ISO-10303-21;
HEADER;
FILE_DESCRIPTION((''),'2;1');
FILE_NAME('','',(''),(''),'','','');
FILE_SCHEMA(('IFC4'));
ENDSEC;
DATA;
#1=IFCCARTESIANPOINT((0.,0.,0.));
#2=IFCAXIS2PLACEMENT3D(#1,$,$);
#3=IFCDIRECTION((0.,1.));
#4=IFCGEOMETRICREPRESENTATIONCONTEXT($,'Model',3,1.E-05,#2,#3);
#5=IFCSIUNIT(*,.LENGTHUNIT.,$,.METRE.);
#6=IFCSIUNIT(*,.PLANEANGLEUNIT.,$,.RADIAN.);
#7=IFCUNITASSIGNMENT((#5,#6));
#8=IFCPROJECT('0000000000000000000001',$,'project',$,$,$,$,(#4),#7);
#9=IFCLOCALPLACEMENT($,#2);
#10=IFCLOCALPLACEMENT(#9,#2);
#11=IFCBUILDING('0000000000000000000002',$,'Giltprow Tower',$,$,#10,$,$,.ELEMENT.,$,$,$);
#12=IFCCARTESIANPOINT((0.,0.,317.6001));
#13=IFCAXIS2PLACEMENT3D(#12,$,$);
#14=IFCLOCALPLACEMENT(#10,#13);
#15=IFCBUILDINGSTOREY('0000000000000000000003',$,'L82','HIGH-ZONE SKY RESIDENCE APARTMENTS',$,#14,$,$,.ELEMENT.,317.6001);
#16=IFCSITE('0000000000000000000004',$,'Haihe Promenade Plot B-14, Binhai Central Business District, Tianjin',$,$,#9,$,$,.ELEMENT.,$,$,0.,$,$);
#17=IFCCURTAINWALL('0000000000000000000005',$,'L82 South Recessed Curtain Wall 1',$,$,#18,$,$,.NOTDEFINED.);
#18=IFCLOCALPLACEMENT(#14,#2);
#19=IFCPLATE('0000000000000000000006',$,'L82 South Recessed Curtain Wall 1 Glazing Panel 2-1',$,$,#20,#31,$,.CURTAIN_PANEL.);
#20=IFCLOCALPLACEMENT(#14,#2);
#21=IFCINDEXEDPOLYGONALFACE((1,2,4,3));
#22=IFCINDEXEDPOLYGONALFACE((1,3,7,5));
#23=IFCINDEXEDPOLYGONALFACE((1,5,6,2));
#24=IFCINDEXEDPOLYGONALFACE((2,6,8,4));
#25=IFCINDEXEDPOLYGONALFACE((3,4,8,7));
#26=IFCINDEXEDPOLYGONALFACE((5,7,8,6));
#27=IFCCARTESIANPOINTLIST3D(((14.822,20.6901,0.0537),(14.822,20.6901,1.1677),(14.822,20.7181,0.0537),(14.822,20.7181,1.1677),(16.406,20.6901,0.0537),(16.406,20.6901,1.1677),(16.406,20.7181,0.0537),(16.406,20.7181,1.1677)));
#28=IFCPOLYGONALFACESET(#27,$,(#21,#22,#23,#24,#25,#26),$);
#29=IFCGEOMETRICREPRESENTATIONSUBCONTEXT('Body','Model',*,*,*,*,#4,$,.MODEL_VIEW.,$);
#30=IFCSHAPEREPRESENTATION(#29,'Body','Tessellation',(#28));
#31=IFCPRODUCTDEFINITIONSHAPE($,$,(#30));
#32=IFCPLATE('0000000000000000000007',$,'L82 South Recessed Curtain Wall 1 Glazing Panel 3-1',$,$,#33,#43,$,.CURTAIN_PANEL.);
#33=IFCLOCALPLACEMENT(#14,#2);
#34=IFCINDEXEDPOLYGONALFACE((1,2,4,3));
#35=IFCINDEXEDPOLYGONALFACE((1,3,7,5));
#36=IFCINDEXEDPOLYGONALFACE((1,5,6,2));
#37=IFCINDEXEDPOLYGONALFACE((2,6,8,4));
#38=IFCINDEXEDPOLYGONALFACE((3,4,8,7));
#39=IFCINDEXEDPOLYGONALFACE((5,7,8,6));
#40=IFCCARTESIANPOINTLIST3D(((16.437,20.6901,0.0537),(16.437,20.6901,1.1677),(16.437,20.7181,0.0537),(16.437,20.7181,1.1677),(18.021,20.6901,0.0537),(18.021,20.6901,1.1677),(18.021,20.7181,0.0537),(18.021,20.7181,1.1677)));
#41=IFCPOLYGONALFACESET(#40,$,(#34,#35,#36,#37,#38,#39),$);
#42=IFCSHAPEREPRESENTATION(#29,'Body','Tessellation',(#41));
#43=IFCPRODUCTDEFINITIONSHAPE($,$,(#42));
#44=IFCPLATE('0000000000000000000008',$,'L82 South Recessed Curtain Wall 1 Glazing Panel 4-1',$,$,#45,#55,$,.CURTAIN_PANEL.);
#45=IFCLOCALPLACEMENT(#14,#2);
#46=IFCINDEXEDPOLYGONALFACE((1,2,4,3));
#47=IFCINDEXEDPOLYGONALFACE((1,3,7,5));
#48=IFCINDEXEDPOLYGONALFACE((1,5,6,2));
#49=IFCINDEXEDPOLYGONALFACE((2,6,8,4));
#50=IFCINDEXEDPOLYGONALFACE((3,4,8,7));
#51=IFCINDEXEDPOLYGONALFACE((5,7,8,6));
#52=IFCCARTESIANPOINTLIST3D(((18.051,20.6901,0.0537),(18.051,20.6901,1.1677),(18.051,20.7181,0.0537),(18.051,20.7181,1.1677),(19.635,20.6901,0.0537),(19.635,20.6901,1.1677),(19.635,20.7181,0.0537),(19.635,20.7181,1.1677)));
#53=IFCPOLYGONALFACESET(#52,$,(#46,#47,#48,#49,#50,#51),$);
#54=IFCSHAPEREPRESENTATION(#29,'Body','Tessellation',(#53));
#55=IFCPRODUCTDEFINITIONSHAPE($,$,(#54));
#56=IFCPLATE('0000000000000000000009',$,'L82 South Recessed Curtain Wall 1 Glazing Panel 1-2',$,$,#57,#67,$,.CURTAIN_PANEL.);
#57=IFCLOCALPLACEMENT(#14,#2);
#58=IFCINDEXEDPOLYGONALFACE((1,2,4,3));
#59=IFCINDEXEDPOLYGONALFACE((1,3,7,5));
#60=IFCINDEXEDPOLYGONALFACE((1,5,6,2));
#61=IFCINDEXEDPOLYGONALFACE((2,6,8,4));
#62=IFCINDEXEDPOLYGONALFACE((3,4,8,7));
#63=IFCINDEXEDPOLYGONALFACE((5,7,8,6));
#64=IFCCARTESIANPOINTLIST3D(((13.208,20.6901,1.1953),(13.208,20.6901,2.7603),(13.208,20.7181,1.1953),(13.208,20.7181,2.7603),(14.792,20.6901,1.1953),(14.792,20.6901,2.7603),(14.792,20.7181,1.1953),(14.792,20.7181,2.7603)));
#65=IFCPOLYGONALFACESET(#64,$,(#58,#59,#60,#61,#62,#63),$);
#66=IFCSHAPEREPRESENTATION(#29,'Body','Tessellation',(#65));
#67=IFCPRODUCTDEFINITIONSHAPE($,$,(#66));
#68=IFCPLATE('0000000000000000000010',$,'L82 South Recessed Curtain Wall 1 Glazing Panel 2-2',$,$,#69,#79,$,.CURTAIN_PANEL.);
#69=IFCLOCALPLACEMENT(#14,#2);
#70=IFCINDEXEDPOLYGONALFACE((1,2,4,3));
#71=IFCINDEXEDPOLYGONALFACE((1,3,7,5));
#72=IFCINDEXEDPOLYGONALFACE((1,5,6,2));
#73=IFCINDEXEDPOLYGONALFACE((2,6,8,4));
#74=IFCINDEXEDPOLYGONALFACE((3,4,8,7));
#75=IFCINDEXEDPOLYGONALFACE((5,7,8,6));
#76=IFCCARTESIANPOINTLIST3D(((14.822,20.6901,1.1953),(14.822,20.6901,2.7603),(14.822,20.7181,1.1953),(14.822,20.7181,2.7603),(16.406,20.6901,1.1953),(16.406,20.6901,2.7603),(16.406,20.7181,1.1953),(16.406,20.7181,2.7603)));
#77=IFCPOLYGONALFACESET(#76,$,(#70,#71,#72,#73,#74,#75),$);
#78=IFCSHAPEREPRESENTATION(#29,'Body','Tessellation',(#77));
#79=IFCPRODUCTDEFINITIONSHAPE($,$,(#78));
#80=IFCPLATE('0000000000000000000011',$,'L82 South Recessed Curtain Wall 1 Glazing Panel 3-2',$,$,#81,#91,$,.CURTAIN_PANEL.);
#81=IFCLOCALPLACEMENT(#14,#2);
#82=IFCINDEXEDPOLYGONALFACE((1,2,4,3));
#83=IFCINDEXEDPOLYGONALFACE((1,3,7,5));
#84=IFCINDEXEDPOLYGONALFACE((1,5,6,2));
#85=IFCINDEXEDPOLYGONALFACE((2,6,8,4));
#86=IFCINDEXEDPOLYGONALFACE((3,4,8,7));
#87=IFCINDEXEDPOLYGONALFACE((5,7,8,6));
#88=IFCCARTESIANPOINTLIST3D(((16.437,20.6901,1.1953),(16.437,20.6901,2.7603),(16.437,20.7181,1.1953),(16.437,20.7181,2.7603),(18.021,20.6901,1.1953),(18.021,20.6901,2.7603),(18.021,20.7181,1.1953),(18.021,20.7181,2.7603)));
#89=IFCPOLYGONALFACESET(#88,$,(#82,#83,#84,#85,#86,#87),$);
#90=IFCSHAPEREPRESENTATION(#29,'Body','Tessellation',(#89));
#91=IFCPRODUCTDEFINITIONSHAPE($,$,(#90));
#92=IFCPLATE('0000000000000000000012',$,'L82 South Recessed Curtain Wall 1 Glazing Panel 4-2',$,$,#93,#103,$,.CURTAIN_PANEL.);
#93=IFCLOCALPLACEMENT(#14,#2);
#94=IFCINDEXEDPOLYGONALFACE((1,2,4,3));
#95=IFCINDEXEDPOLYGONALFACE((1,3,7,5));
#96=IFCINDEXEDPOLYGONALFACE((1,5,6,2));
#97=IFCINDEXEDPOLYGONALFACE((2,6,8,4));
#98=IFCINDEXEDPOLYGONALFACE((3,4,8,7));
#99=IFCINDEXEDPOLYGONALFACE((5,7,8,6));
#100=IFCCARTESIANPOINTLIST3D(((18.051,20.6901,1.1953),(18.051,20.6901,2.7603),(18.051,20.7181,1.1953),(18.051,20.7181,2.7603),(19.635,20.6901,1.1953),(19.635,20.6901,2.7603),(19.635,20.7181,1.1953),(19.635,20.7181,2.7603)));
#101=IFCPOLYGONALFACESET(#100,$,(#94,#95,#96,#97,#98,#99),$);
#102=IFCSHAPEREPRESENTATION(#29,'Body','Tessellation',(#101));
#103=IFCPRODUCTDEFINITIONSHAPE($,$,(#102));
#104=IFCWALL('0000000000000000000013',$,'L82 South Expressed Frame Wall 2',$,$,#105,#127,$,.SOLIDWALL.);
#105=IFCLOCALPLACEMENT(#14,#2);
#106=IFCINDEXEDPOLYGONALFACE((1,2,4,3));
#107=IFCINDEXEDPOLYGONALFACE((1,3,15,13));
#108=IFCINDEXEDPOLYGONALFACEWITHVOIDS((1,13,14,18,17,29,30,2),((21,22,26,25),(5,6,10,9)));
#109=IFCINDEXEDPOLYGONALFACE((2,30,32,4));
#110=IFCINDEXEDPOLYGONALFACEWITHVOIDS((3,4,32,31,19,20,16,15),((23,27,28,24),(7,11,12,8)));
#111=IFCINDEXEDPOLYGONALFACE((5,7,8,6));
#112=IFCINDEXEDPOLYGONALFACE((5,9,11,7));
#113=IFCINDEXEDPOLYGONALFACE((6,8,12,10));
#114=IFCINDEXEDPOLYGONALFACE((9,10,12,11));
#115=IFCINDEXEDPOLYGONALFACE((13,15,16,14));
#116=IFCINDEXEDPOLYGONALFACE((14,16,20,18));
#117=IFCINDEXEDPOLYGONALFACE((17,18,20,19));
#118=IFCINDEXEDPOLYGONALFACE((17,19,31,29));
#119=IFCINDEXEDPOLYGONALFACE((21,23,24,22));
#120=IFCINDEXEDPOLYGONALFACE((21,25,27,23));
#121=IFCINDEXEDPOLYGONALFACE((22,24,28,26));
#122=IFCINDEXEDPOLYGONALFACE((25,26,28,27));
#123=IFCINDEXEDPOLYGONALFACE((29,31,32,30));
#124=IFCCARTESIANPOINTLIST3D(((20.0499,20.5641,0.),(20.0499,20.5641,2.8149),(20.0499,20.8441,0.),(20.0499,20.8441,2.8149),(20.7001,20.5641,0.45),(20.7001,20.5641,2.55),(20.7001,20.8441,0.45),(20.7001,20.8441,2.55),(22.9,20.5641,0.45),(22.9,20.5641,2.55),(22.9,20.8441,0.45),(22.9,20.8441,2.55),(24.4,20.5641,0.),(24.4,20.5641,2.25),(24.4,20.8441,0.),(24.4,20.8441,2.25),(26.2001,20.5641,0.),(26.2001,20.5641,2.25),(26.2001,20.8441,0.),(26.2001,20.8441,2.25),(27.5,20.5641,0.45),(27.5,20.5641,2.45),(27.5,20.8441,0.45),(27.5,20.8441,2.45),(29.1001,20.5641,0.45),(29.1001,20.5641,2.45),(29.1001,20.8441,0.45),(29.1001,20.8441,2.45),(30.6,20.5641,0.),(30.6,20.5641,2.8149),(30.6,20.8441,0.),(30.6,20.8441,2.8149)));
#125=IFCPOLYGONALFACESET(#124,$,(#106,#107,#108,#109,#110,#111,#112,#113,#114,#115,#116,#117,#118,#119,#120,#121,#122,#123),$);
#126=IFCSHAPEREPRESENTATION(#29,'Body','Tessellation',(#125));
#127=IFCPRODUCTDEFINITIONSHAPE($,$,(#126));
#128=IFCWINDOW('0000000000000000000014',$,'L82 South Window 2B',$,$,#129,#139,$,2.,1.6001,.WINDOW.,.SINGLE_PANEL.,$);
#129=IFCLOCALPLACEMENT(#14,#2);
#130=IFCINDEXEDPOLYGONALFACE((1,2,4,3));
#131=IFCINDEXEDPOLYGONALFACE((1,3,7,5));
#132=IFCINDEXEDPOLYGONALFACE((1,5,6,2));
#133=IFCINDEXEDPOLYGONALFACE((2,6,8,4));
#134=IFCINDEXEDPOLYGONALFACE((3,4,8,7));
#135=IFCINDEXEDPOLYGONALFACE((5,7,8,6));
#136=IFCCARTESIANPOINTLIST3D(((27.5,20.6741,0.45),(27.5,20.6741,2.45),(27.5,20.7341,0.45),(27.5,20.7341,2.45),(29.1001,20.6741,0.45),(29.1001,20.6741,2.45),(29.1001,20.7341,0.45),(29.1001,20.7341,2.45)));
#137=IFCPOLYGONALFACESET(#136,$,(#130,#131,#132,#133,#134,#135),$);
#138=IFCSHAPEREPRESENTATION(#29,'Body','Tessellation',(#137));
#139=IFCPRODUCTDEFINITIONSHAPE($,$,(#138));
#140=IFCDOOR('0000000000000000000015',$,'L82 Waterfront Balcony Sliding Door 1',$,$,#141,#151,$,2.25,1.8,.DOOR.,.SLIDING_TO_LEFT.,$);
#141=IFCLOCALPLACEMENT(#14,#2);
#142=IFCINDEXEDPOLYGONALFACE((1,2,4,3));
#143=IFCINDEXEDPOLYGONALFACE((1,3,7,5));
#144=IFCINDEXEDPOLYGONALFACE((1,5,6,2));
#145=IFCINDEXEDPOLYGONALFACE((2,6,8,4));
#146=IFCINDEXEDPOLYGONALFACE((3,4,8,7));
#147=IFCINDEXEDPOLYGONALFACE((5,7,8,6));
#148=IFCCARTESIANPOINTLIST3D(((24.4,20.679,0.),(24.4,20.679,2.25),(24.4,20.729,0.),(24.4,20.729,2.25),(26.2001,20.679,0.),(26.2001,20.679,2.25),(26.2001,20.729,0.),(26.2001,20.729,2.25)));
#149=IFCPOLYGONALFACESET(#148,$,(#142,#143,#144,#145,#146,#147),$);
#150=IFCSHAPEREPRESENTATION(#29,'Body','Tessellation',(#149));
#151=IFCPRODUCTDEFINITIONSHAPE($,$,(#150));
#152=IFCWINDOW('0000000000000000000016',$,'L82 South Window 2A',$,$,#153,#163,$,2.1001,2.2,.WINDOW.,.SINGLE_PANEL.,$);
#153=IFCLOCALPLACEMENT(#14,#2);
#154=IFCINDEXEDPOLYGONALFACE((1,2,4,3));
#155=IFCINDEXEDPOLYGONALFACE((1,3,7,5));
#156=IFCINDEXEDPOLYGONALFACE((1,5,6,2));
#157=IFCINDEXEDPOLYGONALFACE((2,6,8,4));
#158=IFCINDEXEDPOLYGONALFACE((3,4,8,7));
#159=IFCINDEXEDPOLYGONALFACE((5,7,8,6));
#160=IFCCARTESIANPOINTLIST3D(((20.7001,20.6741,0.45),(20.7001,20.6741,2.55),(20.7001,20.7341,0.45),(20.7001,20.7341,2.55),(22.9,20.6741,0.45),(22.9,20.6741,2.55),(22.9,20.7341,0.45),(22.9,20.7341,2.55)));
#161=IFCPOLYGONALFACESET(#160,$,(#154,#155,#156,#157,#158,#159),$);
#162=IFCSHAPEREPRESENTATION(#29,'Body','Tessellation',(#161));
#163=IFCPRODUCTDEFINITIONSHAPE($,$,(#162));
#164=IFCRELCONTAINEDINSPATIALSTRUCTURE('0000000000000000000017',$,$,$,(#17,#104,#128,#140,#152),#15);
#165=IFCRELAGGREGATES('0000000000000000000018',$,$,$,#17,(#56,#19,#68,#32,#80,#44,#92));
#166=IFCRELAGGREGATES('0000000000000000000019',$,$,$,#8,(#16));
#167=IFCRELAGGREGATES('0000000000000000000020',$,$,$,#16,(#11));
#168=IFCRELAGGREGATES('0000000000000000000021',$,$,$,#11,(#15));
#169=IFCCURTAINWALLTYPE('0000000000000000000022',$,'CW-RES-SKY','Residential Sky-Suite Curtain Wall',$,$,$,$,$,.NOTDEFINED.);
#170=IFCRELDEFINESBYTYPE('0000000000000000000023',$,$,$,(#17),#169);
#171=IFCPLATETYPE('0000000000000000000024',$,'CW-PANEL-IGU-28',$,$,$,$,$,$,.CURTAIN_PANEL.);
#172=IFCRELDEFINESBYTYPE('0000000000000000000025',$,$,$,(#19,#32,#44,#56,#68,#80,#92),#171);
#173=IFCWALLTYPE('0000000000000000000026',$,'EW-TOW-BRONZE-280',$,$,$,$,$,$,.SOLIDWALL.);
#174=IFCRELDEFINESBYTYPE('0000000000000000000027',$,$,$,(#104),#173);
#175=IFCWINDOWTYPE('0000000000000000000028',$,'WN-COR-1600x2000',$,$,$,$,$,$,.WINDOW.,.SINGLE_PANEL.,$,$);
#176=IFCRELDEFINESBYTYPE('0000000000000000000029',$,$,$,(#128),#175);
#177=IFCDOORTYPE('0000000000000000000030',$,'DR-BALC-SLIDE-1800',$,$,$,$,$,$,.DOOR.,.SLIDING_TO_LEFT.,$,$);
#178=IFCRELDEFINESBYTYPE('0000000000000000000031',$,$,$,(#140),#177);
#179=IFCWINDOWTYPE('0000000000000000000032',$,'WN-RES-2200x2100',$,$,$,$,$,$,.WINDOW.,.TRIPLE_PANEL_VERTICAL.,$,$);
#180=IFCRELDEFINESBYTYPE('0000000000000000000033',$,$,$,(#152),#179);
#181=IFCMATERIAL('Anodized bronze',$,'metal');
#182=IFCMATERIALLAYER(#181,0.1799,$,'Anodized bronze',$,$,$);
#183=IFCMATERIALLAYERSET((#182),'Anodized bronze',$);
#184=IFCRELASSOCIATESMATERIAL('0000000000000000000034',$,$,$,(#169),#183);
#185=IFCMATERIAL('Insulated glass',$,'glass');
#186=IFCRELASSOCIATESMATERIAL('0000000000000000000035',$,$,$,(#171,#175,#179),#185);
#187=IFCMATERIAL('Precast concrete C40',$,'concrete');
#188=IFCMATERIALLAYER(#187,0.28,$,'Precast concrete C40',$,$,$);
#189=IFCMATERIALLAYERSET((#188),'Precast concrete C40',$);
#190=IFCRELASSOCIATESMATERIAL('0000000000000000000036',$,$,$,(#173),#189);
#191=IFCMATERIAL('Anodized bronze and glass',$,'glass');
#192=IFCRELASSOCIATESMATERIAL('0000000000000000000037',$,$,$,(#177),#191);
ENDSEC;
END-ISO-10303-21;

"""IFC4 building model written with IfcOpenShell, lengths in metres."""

from ifc_helpers import new_model, si_unit, direction, frame, frame_2d, origin, origin_2d, place, context, subcontext, project, spatial, rectangle, extrude, source, transform, mapped, material, layer, layer_set, type_object, element, fill, aggregate, save


model = new_model("IFC4")

# Units and contexts
model_context = context("Model", 3, precision=1e-05, world=origin(), true_north=direction((0.0, 1.0)))
body_context = subcontext(model_context, "Body", "Model", "MODEL_VIEW")
ifc_project = project(units=[si_unit("LENGTHUNIT", "METRE"), si_unit("PLANEANGLEUNIT", "RADIAN")], contexts=[model_context])

# Site, building, storey
site_placement = place(None, origin())
site = spatial("IfcSite", under=ifc_project, at=site_placement, Name="Haihe Promenade Plot B-14, Binhai Central Business District, Tianjin", CompositionType="ELEMENT", RefElevation=0.0)
building_placement = place(site_placement, origin())
building = spatial("IfcBuilding", under=site, at=building_placement, Name="Giltprow Tower", CompositionType="ELEMENT")
storey_placement = place(building_placement, frame((0.0, 0.0, 317.6001)))
storey = spatial("IfcBuildingStorey", under=building, at=storey_placement, Name="L82", Description="HIGH-ZONE SKY RESIDENCE APARTMENTS", CompositionType="ELEMENT", Elevation=317.6001)

# Curtain wall
ifc_material_1 = material(Name="Anodized bronze", Category="metal")
ifc_layer_1 = layer(ifc_material_1, 0.1799, Name="Anodized bronze")
ifc_layer_set_1 = layer_set([ifc_layer_1], Name="Anodized bronze")
curtain_wall_type = type_object("IfcCurtainWallType", Name="CW-RES-SKY", Description="Residential Sky-Suite Curtain Wall", PredefinedType="NOTDEFINED", material=ifc_layer_set_1)
curtain_wall_placement = place(storey_placement, origin())
curtain_wall = element("IfcCurtainWall", 1, at=curtain_wall_placement, inside=storey, type_object=curtain_wall_type, Name="L82 South Recessed Curtain Wall 1", PredefinedType="NOTDEFINED")

# Plates
ifc_material_2 = material(Name="Insulated glass", Category="glass")
plate_type = type_object("IfcPlateType", Name="CW-PANEL-IGU-28", PredefinedType="CURTAIN_PANEL", material=ifc_material_2)
shared_shape_1 = source(origin(), body_context, "Body", "SweptSolid", [
    extrude(rectangle(XDim=1.584, YDim=0.0281, at=origin_2d()), origin(), (0.0, 0.0, 1.0), 1.114),
])
plate_1_placement = place(storey_placement, frame((15.614, 20.7041, 0.0537), z_axis=(0.0, 0.0, 1.0), x_axis=(1.0, 0.0, 0.0)))
plate_1 = element("IfcPlate", 2, at=plate_1_placement, type_object=plate_type, Name="L82 South Recessed Curtain Wall 1 Glazing Panel 2-1", PredefinedType="CURTAIN_PANEL", context=body_context, shape_type="MappedRepresentation", body=[
    mapped(shared_shape_1, transform((0.0, 0.0, 0.0), x_axis=(1.0, 0.0, 0.0), y_axis=(0.0, 1.0, 0.0), z_axis=(0.0, 0.0, 1.0), scale=1.0)),
])
plate_2_placement = place(storey_placement, frame((17.229, 20.7041, 0.0537), z_axis=(0.0, 0.0, 1.0), x_axis=(1.0, 0.0, 0.0)))
plate_2 = element("IfcPlate", 3, at=plate_2_placement, type_object=plate_type, Name="L82 South Recessed Curtain Wall 1 Glazing Panel 3-1", PredefinedType="CURTAIN_PANEL", context=body_context, shape_type="MappedRepresentation", body=[
    mapped(shared_shape_1, transform((0.0, 0.0, 0.0), x_axis=(1.0, 0.0, 0.0), y_axis=(0.0, 1.0, 0.0), z_axis=(0.0, 0.0, 1.0), scale=1.0)),
])
plate_3_placement = place(storey_placement, frame((18.843, 20.7041, 0.0537), z_axis=(0.0, 0.0, 1.0), x_axis=(1.0, 0.0, 0.0)))
plate_3 = element("IfcPlate", 4, at=plate_3_placement, type_object=plate_type, Name="L82 South Recessed Curtain Wall 1 Glazing Panel 4-1", PredefinedType="CURTAIN_PANEL", context=body_context, shape_type="MappedRepresentation", body=[
    mapped(shared_shape_1, transform((0.0, 0.0, 0.0), x_axis=(1.0, 0.0, 0.0), y_axis=(0.0, 1.0, 0.0), z_axis=(0.0, 0.0, 1.0), scale=1.0)),
])
shared_shape_2 = source(origin(), body_context, "Body", "SweptSolid", [
    extrude(rectangle(XDim=1.584, YDim=0.0281, at=origin_2d()), origin(), (0.0, 0.0, 1.0), 1.5649),
])
plate_4_placement = place(storey_placement, frame((14.0, 20.7041, 1.1953), z_axis=(0.0, 0.0, 1.0), x_axis=(1.0, 0.0, 0.0)))
plate_4 = element("IfcPlate", 5, at=plate_4_placement, type_object=plate_type, Name="L82 South Recessed Curtain Wall 1 Glazing Panel 1-2", PredefinedType="CURTAIN_PANEL", context=body_context, shape_type="MappedRepresentation", body=[
    mapped(shared_shape_2, transform((0.0, 0.0, 0.0), x_axis=(1.0, 0.0, 0.0), y_axis=(0.0, 1.0, 0.0), z_axis=(0.0, 0.0, 1.0), scale=1.0)),
])
plate_5_placement = place(storey_placement, frame((15.614, 20.7041, 1.1953), z_axis=(0.0, 0.0, 1.0), x_axis=(1.0, 0.0, 0.0)))
plate_5 = element("IfcPlate", 6, at=plate_5_placement, type_object=plate_type, Name="L82 South Recessed Curtain Wall 1 Glazing Panel 2-2", PredefinedType="CURTAIN_PANEL", context=body_context, shape_type="MappedRepresentation", body=[
    mapped(shared_shape_2, transform((0.0, 0.0, 0.0), x_axis=(1.0, 0.0, 0.0), y_axis=(0.0, 1.0, 0.0), z_axis=(0.0, 0.0, 1.0), scale=1.0)),
])
plate_6_placement = place(storey_placement, frame((17.229, 20.7041, 1.1953), z_axis=(0.0, 0.0, 1.0), x_axis=(1.0, 0.0, 0.0)))
plate_6 = element("IfcPlate", 7, at=plate_6_placement, type_object=plate_type, Name="L82 South Recessed Curtain Wall 1 Glazing Panel 3-2", PredefinedType="CURTAIN_PANEL", context=body_context, shape_type="MappedRepresentation", body=[
    mapped(shared_shape_2, transform((0.0, 0.0, 0.0), x_axis=(1.0, 0.0, 0.0), y_axis=(0.0, 1.0, 0.0), z_axis=(0.0, 0.0, 1.0), scale=1.0)),
])
plate_7_placement = place(storey_placement, frame((18.843, 20.7041, 1.1953), z_axis=(0.0, 0.0, 1.0), x_axis=(1.0, 0.0, 0.0)))
plate_7 = element("IfcPlate", 8, at=plate_7_placement, type_object=plate_type, Name="L82 South Recessed Curtain Wall 1 Glazing Panel 4-2", PredefinedType="CURTAIN_PANEL", context=body_context, shape_type="MappedRepresentation", body=[
    mapped(shared_shape_2, transform((0.0, 0.0, 0.0), x_axis=(1.0, 0.0, 0.0), y_axis=(0.0, 1.0, 0.0), z_axis=(0.0, 0.0, 1.0), scale=1.0)),
])
aggregate(curtain_wall, [plate_4, plate_1, plate_5, plate_2, plate_6, plate_3, plate_7])

# Wall, openings, windows, door
ifc_material_3 = material(Name="Precast concrete C40", Category="concrete")
ifc_layer_2 = layer(ifc_material_3, 0.28, Name="Precast concrete C40")
ifc_layer_set_2 = layer_set([ifc_layer_2], Name="Precast concrete C40")
wall_type_1 = type_object("IfcWallType", Name="EW-TOW-BRONZE-280", PredefinedType="SOLIDWALL", material=ifc_layer_set_2)
wall_1_placement = place(storey_placement, frame((20.05, 20.7041, 0.0), z_axis=(0.0, 0.0, 1.0), x_axis=(1.0, 0.0, 0.0)))
wall_1 = element("IfcWall", 9, at=wall_1_placement, inside=storey, type_object=wall_type_1, Name="L82 South Expressed Frame Wall 2", PredefinedType="SOLIDWALL", context=body_context, shape_type="SweptSolid", body=[
    extrude(rectangle(XDim=10.55, YDim=0.28, at=frame_2d((5.2749, 0.0))), origin(), (0.0, 0.0, 1.0), 2.8149),
])
opening_1_placement = place(wall_1_placement, frame((4.3501, 0.0, 0.0)))
opening_1 = element("IfcOpeningElement", 10, at=opening_1_placement, cuts=wall_1, PredefinedType="OPENING", context=body_context, shape_type="SweptSolid", body=[
    extrude(rectangle(XDim=1.8, YDim=2.25, at=frame_2d((0.8999, 1.125))), frame((0.0, 0.1499, 0.0), z_axis=(0.0, -1.0, 0.0), x_axis=(1.0, 0.0, 0.0)), (0.0, 0.0, 1.0), 0.3),
])
opening_2_placement = place(wall_1_placement, frame((0.6499, 0.0, 0.45)))
opening_2 = element("IfcOpeningElement", 11, at=opening_2_placement, cuts=wall_1, PredefinedType="OPENING", context=body_context, shape_type="SweptSolid", body=[
    extrude(rectangle(XDim=2.2, YDim=2.1001, at=frame_2d((1.1001, 1.05))), frame((0.0, 0.1499, 0.0), z_axis=(0.0, -1.0, 0.0), x_axis=(1.0, 0.0, 0.0)), (0.0, 0.0, 1.0), 0.3),
])
opening_3_placement = place(wall_1_placement, frame((7.45, 0.0, 0.45)))
opening_3 = element("IfcOpeningElement", 12, at=opening_3_placement, cuts=wall_1, PredefinedType="OPENING", context=body_context, shape_type="SweptSolid", body=[
    extrude(rectangle(XDim=1.6001, YDim=2.0, at=frame_2d((0.8, 1.0))), frame((0.0, 0.1499, 0.0), z_axis=(0.0, -1.0, 0.0), x_axis=(1.0, 0.0, 0.0)), (0.0, 0.0, 1.0), 0.3),
])
window_type_1 = type_object("IfcWindowType", Name="WN-COR-1600x2000", PartitioningType="SINGLE_PANEL", PredefinedType="WINDOW", material=ifc_material_2)
shared_shape_3 = source(origin(), body_context, "Body", "SweptSolid", [
    extrude(rectangle(XDim=1.6001, YDim=2.0, at=frame_2d((0.8, 1.0))), frame((0.0, 0.03, 0.0), z_axis=(0.0, -1.0, 0.0), x_axis=(1.0, 0.0, 0.0)), (0.0, 0.0, 1.0), 0.0601),
])
window_1_placement = place(opening_3_placement, origin())
window_1 = element("IfcWindow", 13, at=window_1_placement, inside=storey, type_object=window_type_1, Name="L82 South Window 2B", OverallHeight=2.0, OverallWidth=1.6001, PartitioningType="SINGLE_PANEL", PredefinedType="WINDOW", context=body_context, shape_type="MappedRepresentation", body=[
    mapped(shared_shape_3, transform((0.0, 0.0, 0.0), x_axis=(1.0, 0.0, 0.0), y_axis=(0.0, 1.0, 0.0), z_axis=(0.0, 0.0, 1.0), scale=1.0)),
])
fill(opening_3, window_1)
ifc_material_4 = material(Name="Anodized bronze and glass", Category="glass")
door_type_1 = type_object("IfcDoorType", Name="DR-BALC-SLIDE-1800", OperationType="SLIDING_TO_LEFT", PredefinedType="DOOR", material=ifc_material_4)
shared_shape_4 = source(origin(), body_context, "Body", "SweptSolid", [
    extrude(rectangle(XDim=1.8, YDim=2.25, at=frame_2d((0.8999, 1.125))), frame((0.0, 0.0249, 0.0), z_axis=(0.0, -1.0, 0.0), x_axis=(1.0, 0.0, 0.0)), (0.0, 0.0, 1.0), 0.05),
])
door_1_placement = place(opening_1_placement, origin())
door_1 = element("IfcDoor", 14, at=door_1_placement, inside=storey, type_object=door_type_1, Name="L82 Waterfront Balcony Sliding Door 1", OperationType="SLIDING_TO_LEFT", OverallHeight=2.25, OverallWidth=1.8, PredefinedType="DOOR", context=body_context, shape_type="MappedRepresentation", body=[
    mapped(shared_shape_4, transform((0.0, 0.0, 0.0), x_axis=(1.0, 0.0, 0.0), y_axis=(0.0, 1.0, 0.0), z_axis=(0.0, 0.0, 1.0), scale=1.0)),
])
fill(opening_1, door_1)
window_type_2 = type_object("IfcWindowType", Name="WN-RES-2200x2100", PartitioningType="TRIPLE_PANEL_VERTICAL", PredefinedType="WINDOW", material=ifc_material_2)
shared_shape_5 = source(origin(), body_context, "Body", "SweptSolid", [
    extrude(rectangle(XDim=2.2, YDim=2.1001, at=frame_2d((1.1001, 1.05))), frame((0.0, 0.03, 0.0), z_axis=(0.0, -1.0, 0.0), x_axis=(1.0, 0.0, 0.0)), (0.0, 0.0, 1.0), 0.0601),
])
window_2_placement = place(opening_2_placement, origin())
window_2 = element("IfcWindow", 15, at=window_2_placement, inside=storey, type_object=window_type_2, Name="L82 South Window 2A", OverallHeight=2.1001, OverallWidth=2.2, PartitioningType="SINGLE_PANEL", PredefinedType="WINDOW", context=body_context, shape_type="MappedRepresentation", body=[
    mapped(shared_shape_5, transform((0.0, 0.0, 0.0), x_axis=(1.0, 0.0, 0.0), y_axis=(0.0, 1.0, 0.0), z_axis=(0.0, 0.0, 1.0), scale=1.0)),
])
fill(opening_2, window_2)

save(model, "model.ifc")
